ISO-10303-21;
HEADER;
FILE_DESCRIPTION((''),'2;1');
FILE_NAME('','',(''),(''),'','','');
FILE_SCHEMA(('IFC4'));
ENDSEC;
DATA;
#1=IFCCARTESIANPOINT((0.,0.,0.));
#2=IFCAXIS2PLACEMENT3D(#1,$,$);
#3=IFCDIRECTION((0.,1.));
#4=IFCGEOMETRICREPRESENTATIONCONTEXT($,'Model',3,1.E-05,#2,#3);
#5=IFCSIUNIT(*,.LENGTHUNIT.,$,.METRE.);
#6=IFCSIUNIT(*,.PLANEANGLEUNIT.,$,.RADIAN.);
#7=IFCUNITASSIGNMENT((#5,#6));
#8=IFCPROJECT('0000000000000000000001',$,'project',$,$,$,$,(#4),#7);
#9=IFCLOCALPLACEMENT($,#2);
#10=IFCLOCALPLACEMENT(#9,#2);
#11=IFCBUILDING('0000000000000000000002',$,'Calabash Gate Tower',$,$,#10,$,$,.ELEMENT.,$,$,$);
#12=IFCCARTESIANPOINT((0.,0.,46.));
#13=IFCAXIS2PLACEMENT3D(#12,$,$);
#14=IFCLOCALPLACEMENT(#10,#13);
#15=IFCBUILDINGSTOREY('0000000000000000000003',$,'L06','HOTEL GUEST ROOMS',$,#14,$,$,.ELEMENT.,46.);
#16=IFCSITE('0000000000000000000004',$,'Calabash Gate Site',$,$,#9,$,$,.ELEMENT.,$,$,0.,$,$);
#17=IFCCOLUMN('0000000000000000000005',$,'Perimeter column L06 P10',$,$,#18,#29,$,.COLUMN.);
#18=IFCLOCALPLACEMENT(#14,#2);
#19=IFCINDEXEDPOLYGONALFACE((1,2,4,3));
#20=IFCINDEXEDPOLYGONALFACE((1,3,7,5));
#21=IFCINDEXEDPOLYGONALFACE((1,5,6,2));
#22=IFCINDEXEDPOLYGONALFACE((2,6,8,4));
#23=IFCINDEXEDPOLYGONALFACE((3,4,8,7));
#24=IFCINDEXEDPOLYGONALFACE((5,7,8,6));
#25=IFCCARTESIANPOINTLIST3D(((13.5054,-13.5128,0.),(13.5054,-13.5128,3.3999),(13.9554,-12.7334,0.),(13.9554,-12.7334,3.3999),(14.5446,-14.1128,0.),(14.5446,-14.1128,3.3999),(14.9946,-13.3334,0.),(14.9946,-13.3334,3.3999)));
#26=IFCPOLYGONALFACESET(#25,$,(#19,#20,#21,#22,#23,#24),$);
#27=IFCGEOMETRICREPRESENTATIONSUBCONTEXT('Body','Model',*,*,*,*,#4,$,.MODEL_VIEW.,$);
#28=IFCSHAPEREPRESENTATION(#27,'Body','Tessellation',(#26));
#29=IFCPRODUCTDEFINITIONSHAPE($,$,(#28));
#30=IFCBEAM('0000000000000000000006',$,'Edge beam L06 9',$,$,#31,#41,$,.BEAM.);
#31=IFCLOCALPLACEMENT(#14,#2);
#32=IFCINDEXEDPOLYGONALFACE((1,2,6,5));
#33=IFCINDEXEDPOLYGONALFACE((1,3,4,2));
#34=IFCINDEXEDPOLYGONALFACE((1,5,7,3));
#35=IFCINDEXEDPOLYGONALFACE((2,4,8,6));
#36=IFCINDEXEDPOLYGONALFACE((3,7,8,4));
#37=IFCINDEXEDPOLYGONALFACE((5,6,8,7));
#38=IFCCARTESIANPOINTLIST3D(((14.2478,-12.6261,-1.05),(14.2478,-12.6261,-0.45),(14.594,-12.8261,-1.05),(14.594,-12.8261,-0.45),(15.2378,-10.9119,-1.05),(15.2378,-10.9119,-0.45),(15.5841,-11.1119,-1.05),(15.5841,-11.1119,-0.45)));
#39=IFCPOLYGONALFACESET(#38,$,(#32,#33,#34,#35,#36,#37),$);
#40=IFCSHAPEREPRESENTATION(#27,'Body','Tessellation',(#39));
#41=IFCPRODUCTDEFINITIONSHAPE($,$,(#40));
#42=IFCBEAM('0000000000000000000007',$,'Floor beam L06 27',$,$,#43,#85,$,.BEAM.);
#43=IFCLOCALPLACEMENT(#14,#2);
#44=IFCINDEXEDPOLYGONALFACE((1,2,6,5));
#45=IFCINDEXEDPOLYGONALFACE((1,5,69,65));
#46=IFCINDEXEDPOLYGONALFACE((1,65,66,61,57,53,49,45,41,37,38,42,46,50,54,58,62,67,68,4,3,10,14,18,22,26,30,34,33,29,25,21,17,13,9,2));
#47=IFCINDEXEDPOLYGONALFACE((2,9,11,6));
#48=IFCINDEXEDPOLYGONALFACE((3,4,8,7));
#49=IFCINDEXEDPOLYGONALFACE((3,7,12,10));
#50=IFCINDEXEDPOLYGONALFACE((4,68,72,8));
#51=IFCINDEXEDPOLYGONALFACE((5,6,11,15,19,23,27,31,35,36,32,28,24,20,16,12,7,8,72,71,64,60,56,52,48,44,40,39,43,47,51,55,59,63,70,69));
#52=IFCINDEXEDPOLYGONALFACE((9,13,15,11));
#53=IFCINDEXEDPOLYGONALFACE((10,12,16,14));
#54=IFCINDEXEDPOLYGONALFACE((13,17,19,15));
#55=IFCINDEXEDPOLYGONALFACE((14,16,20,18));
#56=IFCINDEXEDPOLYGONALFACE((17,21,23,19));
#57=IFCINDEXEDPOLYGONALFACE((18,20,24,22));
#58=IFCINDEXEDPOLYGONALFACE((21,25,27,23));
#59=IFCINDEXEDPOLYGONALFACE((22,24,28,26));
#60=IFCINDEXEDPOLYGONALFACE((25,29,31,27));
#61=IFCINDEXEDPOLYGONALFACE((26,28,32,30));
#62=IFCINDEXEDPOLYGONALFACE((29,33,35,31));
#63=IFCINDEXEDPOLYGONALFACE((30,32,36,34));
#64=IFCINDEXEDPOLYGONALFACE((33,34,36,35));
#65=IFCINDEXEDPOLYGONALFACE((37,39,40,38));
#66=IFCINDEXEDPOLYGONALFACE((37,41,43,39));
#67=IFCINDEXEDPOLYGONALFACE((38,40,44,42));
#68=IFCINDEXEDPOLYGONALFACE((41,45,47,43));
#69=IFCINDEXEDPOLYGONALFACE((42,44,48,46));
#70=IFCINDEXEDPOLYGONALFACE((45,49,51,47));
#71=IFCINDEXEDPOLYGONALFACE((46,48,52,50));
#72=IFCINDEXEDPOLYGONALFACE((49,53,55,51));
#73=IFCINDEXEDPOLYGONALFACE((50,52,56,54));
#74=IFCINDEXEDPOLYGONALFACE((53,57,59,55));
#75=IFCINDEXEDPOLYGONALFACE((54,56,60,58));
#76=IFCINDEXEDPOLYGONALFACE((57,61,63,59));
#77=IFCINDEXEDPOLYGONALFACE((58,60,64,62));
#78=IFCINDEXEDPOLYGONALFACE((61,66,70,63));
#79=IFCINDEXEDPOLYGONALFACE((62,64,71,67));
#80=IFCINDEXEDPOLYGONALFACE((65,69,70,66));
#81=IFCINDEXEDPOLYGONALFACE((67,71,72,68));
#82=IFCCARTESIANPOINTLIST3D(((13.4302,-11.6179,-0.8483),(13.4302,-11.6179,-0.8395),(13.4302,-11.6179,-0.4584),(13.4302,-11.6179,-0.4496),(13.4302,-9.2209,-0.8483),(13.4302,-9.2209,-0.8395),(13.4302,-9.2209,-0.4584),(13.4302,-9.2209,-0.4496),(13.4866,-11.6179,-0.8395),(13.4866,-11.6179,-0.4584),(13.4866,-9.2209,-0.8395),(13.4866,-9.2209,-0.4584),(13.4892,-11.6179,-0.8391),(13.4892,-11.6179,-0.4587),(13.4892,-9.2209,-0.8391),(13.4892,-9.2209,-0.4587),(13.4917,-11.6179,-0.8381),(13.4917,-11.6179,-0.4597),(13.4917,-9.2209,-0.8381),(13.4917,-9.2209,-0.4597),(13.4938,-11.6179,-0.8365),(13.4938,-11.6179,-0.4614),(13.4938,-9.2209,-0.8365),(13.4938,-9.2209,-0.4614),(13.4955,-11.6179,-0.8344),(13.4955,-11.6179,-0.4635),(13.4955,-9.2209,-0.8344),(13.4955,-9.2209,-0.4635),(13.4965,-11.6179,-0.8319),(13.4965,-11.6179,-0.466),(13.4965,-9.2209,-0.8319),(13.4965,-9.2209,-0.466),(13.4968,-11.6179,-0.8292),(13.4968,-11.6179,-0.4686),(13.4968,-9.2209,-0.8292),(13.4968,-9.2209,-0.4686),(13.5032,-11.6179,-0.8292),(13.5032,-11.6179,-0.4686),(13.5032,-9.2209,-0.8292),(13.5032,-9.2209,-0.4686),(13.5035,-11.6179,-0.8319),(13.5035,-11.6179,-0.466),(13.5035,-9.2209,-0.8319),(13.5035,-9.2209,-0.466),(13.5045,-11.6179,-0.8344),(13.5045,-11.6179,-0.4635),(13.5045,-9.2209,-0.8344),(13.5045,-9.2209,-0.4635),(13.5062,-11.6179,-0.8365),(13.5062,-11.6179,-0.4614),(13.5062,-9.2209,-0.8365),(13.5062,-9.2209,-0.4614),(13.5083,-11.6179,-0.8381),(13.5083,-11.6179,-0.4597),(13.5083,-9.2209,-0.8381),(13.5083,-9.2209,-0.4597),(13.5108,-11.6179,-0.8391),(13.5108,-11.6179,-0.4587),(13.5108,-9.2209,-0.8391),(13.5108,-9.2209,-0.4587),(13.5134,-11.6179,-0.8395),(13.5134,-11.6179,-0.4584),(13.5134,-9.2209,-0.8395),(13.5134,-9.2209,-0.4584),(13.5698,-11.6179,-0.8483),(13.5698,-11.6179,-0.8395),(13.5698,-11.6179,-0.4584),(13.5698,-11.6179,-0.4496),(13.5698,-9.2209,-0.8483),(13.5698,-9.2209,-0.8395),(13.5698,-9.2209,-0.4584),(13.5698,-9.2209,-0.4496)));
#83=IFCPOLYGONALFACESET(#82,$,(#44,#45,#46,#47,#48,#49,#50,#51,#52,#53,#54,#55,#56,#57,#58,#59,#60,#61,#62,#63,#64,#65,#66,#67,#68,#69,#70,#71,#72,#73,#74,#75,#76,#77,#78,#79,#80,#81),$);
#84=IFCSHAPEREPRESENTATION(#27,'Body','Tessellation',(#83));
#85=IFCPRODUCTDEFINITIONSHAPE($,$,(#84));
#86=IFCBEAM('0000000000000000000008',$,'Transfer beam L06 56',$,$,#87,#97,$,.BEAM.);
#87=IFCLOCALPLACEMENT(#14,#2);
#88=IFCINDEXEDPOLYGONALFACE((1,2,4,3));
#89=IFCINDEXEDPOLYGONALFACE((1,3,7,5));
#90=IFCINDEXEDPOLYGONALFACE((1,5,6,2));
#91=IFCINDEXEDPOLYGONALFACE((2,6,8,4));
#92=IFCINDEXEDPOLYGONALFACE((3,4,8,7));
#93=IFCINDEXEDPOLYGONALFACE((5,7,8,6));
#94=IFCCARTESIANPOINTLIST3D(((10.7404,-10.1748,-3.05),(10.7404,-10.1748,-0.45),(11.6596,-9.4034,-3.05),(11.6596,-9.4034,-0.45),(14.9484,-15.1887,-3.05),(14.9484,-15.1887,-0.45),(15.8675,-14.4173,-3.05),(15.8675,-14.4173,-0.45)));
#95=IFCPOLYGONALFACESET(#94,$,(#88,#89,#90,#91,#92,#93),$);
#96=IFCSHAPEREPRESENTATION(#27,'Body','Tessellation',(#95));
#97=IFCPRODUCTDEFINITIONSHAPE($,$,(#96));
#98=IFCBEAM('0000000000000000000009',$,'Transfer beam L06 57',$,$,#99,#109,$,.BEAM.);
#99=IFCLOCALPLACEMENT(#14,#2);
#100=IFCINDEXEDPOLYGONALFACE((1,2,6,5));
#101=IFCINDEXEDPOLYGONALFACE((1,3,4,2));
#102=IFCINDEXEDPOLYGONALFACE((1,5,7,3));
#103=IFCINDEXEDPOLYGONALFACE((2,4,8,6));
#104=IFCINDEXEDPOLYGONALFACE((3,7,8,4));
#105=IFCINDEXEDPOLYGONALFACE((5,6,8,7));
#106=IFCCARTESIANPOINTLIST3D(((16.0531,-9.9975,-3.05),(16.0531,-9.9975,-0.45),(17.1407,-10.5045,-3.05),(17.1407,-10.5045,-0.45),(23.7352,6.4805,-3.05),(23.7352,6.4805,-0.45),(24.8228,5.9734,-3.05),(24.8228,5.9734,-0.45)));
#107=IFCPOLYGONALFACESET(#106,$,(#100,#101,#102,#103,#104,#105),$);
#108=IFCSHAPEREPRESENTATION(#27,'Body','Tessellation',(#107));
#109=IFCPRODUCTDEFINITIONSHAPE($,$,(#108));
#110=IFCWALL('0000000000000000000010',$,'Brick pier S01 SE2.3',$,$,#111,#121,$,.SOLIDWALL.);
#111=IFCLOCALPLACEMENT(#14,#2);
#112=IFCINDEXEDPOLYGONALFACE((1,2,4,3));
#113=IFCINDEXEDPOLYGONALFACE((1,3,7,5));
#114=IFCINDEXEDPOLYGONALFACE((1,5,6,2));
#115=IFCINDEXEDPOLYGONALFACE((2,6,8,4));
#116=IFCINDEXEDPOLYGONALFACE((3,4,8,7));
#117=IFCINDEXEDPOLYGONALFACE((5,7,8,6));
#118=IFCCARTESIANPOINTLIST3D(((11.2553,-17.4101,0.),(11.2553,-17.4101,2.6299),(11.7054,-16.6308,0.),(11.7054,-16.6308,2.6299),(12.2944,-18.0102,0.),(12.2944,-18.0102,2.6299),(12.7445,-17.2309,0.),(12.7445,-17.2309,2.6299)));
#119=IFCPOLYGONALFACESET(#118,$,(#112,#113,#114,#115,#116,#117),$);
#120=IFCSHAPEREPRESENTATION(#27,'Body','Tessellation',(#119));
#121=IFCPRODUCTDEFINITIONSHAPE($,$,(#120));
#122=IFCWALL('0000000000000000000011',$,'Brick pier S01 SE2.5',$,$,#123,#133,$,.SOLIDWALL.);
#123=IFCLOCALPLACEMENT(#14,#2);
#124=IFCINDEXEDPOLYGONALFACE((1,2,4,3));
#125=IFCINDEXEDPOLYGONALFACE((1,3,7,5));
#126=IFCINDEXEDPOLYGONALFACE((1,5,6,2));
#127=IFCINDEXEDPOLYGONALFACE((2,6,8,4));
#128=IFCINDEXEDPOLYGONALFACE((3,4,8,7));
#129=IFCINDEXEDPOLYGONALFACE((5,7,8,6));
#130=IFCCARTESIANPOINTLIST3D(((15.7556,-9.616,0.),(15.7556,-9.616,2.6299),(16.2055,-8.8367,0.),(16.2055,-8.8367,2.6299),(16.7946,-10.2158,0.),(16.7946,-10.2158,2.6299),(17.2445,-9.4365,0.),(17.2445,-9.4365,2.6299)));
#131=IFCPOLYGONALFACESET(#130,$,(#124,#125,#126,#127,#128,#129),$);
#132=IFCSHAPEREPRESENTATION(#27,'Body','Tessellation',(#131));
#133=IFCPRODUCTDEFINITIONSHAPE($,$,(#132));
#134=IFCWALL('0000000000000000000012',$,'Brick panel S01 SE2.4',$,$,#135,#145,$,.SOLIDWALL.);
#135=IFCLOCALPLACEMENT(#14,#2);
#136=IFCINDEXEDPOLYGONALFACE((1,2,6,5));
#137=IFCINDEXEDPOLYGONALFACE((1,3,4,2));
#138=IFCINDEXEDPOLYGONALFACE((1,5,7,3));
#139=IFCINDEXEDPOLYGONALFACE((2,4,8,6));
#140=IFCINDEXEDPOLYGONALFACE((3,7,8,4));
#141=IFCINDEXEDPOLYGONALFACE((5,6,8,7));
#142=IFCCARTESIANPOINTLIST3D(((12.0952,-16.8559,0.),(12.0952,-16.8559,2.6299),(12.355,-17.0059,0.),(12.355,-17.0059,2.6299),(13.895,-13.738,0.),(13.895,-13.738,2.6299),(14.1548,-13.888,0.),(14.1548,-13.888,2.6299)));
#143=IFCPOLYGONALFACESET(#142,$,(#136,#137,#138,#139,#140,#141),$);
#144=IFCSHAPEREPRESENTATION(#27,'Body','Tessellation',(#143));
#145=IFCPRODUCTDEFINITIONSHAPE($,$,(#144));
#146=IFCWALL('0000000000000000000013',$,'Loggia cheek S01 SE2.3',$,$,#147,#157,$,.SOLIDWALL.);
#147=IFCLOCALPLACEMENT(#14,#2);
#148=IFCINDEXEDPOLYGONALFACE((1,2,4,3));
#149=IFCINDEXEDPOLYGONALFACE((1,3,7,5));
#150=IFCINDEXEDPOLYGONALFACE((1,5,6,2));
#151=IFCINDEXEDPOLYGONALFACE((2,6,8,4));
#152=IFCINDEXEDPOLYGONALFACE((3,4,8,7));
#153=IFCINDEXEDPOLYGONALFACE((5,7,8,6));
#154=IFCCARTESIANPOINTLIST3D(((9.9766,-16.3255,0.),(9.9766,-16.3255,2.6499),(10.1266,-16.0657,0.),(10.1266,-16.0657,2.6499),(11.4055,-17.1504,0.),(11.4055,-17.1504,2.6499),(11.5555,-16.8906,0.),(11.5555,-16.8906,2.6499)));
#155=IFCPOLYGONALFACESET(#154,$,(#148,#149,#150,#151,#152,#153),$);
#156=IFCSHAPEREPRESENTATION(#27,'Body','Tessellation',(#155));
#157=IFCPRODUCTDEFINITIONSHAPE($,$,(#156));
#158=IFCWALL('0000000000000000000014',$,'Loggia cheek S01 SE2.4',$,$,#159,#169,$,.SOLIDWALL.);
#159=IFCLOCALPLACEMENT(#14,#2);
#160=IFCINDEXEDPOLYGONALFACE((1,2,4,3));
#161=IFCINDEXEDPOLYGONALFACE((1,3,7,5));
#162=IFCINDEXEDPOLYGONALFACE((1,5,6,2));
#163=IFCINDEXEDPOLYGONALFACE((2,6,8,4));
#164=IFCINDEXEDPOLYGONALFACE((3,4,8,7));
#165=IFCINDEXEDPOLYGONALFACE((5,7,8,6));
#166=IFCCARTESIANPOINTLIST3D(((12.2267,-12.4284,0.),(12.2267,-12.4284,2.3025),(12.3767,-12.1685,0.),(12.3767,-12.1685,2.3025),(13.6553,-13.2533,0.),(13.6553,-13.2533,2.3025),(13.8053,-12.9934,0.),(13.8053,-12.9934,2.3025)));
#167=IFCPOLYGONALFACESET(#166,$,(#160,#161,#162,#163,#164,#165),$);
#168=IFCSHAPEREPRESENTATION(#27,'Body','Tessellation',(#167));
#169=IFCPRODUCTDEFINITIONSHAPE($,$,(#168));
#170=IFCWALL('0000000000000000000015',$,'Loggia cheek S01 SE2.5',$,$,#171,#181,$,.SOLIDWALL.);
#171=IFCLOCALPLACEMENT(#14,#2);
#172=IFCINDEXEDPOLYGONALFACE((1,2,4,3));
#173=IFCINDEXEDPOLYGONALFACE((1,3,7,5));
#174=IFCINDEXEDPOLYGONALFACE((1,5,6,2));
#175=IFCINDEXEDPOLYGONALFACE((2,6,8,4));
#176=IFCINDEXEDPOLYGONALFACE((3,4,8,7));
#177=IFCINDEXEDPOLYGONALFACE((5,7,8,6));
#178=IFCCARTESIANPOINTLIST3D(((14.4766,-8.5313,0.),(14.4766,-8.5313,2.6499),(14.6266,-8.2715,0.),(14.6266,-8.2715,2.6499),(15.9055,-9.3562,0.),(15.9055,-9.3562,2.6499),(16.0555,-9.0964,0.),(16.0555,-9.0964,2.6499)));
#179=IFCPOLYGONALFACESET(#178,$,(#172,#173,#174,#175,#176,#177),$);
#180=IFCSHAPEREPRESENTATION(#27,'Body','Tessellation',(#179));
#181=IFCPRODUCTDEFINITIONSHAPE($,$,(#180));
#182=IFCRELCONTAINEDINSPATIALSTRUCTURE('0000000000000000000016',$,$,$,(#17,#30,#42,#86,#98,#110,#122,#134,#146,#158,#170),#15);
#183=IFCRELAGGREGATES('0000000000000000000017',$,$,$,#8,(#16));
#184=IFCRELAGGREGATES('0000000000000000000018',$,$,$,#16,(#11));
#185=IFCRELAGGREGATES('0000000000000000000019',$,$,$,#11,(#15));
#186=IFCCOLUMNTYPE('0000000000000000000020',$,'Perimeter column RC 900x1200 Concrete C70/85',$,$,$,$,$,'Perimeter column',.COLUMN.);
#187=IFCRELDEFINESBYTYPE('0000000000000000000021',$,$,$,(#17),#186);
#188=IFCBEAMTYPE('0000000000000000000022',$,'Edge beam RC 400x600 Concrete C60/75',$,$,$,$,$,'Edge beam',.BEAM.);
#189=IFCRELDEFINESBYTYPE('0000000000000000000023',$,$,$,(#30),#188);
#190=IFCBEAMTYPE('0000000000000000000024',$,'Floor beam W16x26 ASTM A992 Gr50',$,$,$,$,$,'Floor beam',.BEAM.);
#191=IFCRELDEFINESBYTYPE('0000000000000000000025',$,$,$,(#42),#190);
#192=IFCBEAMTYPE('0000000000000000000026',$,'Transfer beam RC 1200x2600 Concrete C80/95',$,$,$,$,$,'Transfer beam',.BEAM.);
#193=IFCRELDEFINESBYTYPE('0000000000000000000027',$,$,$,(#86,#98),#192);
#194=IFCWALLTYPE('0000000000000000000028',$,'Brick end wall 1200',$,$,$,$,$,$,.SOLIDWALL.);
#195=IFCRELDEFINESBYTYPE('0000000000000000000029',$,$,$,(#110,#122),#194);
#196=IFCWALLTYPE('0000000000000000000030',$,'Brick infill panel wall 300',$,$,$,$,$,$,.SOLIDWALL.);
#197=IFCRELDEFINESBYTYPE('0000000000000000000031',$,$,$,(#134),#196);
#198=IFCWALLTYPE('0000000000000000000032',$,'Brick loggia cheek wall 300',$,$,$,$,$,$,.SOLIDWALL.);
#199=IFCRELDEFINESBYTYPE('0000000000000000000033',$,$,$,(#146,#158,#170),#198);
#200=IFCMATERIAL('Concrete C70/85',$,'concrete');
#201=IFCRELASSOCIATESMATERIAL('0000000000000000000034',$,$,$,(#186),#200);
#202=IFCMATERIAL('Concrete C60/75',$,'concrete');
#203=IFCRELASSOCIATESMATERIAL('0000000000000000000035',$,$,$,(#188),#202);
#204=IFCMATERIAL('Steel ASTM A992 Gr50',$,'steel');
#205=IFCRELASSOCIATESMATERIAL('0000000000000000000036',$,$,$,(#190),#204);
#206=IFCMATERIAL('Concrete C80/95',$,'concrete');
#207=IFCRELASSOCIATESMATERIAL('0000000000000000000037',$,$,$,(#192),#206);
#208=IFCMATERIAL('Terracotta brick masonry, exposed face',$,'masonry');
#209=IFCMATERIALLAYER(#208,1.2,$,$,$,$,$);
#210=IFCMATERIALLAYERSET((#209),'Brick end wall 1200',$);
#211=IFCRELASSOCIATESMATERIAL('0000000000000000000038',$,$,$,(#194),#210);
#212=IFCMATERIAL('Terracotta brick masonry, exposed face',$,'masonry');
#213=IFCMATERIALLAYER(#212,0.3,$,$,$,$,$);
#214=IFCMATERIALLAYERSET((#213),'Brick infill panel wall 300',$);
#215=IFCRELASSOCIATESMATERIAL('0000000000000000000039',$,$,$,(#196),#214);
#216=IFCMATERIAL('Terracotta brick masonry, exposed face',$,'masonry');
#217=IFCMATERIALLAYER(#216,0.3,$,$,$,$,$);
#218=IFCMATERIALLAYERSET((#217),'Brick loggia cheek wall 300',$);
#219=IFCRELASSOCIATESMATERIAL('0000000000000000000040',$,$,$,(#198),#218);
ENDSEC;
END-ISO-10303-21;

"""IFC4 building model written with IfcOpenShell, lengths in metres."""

from ifc_helpers import new_model, si_unit, direction, frame, frame_2d, origin, origin_2d, place, context, subcontext, project, spatial, rectangle, i_section, extrude, material, layer, layer_set, material_profile, profile_set, type_object, element, save


model = new_model("IFC4")

# Units and contexts
model_context = context("Model", 3, precision=1e-05, world=origin(), true_north=direction((0.0, 1.0)))
body_context = subcontext(model_context, "Body", "Model", "MODEL_VIEW")
ifc_project = project(units=[si_unit("LENGTHUNIT", "METRE"), si_unit("PLANEANGLEUNIT", "RADIAN")], contexts=[model_context])

# Site, building, storey
site_placement = place(None, origin())
site = spatial("IfcSite", under=ifc_project, at=site_placement, Name="Calabash Gate Site", CompositionType="ELEMENT", RefElevation=0.0)
building_placement = place(site_placement, origin())
building = spatial("IfcBuilding", under=site, at=building_placement, Name="Calabash Gate Tower", CompositionType="ELEMENT")
storey_placement = place(building_placement, frame((0.0, 0.0, 46.0)))
storey = spatial("IfcBuildingStorey", under=building, at=storey_placement, Name="L06", Description="HOTEL GUEST ROOMS", CompositionType="ELEMENT", Elevation=46.0)

# Column
ifc_material_1 = material(Name="Concrete C70/85", Category="concrete")
ifc_material_profile_1 = material_profile(ifc_material_1, rectangle(XDim=0.8999, YDim=1.2, at=origin_2d()))
ifc_profile_set_1 = profile_set([ifc_material_profile_1], Name="Concrete C70/85")
column_type = type_object("IfcColumnType", Name="Perimeter column RC 900x1200 Concrete C70/85", ElementType="Perimeter column", PredefinedType="COLUMN", material=ifc_profile_set_1)
column_placement = place(storey_placement, frame((14.25, -13.4231, 0.0), z_axis=(0.0, 0.0, 1.0), x_axis=(0.5, 0.866025, 0.0)))
element("IfcColumn", 1, at=column_placement, inside=storey, type_object=column_type, Name="Perimeter column L06 P10", PredefinedType="COLUMN", context=body_context, shape_type="SweptSolid", body=[
    extrude(rectangle(XDim=0.8999, YDim=1.2, at=origin_2d()), origin(), (0.0, 0.0, 1.0), 3.3999),
])

# Beams
ifc_material_2 = material(Name="Concrete C60/75", Category="concrete")
ifc_material_profile_2 = material_profile(ifc_material_2, rectangle(XDim=0.3999, YDim=0.6001, at=origin_2d()))
ifc_profile_set_2 = profile_set([ifc_material_profile_2], Name="Concrete C60/75")
beam_type_1 = type_object("IfcBeamType", Name="Edge beam RC 400x600 Concrete C60/75", ElementType="Edge beam", PredefinedType="BEAM", material=ifc_profile_set_2)
beam_1_placement = place(storey_placement, frame((14.4209, -12.7261, -0.75), z_axis=(0.500132, 0.865949, 0.0), x_axis=(-0.865949, 0.500132, 0.0)))
element("IfcBeam", 2, at=beam_1_placement, inside=storey, type_object=beam_type_1, Name="Edge beam L06 9", PredefinedType="BEAM", context=body_context, shape_type="SweptSolid", body=[
    extrude(rectangle(XDim=0.3999, YDim=0.6001, at=origin_2d()), origin(), (0.0, 0.0, 1.0), 1.9795),
])
ifc_material_3 = material(Name="Steel ASTM A992 Gr50", Category="steel")
ifc_material_profile_3 = material_profile(ifc_material_3, i_section(OverallWidth=0.1396, OverallDepth=0.3987, WebThickness=0.0063, FlangeThickness=0.0088, FilletRadius=0.0103, at=origin_2d()))
ifc_profile_set_3 = profile_set([ifc_material_profile_3], Name="Steel ASTM A992 Gr50")
beam_type_2 = type_object("IfcBeamType", Name="Floor beam W16x26 ASTM A992 Gr50", ElementType="Floor beam", PredefinedType="BEAM", material=ifc_profile_set_3)
beam_2_placement = place(storey_placement, frame((13.5, -11.6179, -0.6489), z_axis=(0.0, 1.0, 0.0), x_axis=(-1.0, 0.0, 0.0)))
element("IfcBeam", 3, at=beam_2_placement, inside=storey, type_object=beam_type_2, Name="Floor beam L06 27", PredefinedType="BEAM", context=body_context, shape_type="SweptSolid", body=[
    extrude(i_section(OverallWidth=0.1396, OverallDepth=0.3987, WebThickness=0.0063, FlangeThickness=0.0088, FilletRadius=0.0103, at=origin_2d()), origin(), (0.0, 0.0, 1.0), 2.397),
])
ifc_material_4 = material(Name="Concrete C80/95", Category="concrete")
ifc_material_profile_4 = material_profile(ifc_material_4, rectangle(XDim=1.2, YDim=2.6001, at=origin_2d()))
ifc_profile_set_4 = profile_set([ifc_material_profile_4], Name="Concrete C80/95")
beam_type_3 = type_object("IfcBeamType", Name="Transfer beam RC 1200x2600 Concrete C80/95", ElementType="Transfer beam", PredefinedType="BEAM", material=ifc_profile_set_4)
beam_3_placement = place(storey_placement, frame((15.408, -14.803, -1.75), z_axis=(-0.642862, 0.765982, 0.0), x_axis=(-0.765982, -0.642862, 0.0)))
element("IfcBeam", 4, at=beam_3_placement, inside=storey, type_object=beam_type_3, Name="Transfer beam L06 56", PredefinedType="BEAM", context=body_context, shape_type="SweptSolid", body=[
    extrude(rectangle(XDim=1.2, YDim=2.6001, at=origin_2d()), origin(), (0.0, 0.0, 1.0), 6.5457),
])
beam_4_placement = place(storey_placement, frame((16.5969, -10.251, -1.75), z_axis=(0.422541, 0.906344, 0.0), x_axis=(-0.906344, 0.422541, 0.0)))
element("IfcBeam", 5, at=beam_4_placement, inside=storey, type_object=beam_type_3, Name="Transfer beam L06 57", PredefinedType="BEAM", context=body_context, shape_type="SweptSolid", body=[
    extrude(rectangle(XDim=1.2, YDim=2.6001, at=origin_2d()), origin(), (0.0, 0.0, 1.0), 18.1807),
])

# Walls
ifc_material_5 = material(Name="Terracotta brick masonry, exposed face", Category="masonry")
ifc_layer_1 = layer(ifc_material_5, 1.2)
ifc_layer_set_1 = layer_set([ifc_layer_1], Name="Brick end wall 1200")
wall_type_1 = type_object("IfcWallType", Name="Brick end wall 1200", PredefinedType="SOLIDWALL", material=ifc_layer_set_1)
wall_1_placement = place(storey_placement, frame((12.5195, -17.6206, 0.0), z_axis=(0.0, 0.0, 1.0), x_axis=(-0.865955, 0.500122, 0.0)))
element("IfcWall", 6, at=wall_1_placement, inside=storey, type_object=wall_type_1, Name="Brick pier S01 SE2.3", PredefinedType="SOLIDWALL", context=body_context, shape_type="SweptSolid", body=[
    extrude(rectangle(XDim=1.2, YDim=0.8999, at=frame_2d((0.6001, 0.0))), origin(), (0.0, 0.0, 1.0), 2.6299),
])
wall_2_placement = place(storey_placement, frame((17.0195, -9.8262, 0.0), z_axis=(0.0, 0.0, 1.0), x_axis=(-0.866043, 0.499969, 0.0)))
element("IfcWall", 7, at=wall_2_placement, inside=storey, type_object=wall_type_1, Name="Brick pier S01 SE2.5", PredefinedType="SOLIDWALL", context=body_context, shape_type="SweptSolid", body=[
    extrude(rectangle(XDim=1.1997, YDim=0.8999, at=frame_2d((0.5999, 0.0))), origin(), (0.0, 0.0, 1.0), 2.6299),
])
ifc_material_6 = material(Name="Terracotta brick masonry, exposed face", Category="masonry")
ifc_layer_2 = layer(ifc_material_6, 0.3)
ifc_layer_set_2 = layer_set([ifc_layer_2], Name="Brick infill panel wall 300")
wall_type_2 = type_object("IfcWallType", Name="Brick infill panel wall 300", PredefinedType="SOLIDWALL", material=ifc_layer_set_2)
wall_3_placement = place(storey_placement, frame((12.2251, -16.9309, 0.0), z_axis=(0.0, 0.0, 1.0), x_axis=(0.499932, 0.866065, 0.0)))
element("IfcWall", 8, at=wall_3_placement, inside=storey, type_object=wall_type_2, Name="Brick panel S01 SE2.4", PredefinedType="SOLIDWALL", context=body_context, shape_type="SweptSolid", body=[
    extrude(rectangle(XDim=3.6001, YDim=0.3, at=frame_2d((1.8, 0.0))), origin(), (0.0, 0.0, 1.0), 2.6299),
])
ifc_material_7 = material(Name="Terracotta brick masonry, exposed face", Category="masonry")
ifc_layer_3 = layer(ifc_material_7, 0.3)
ifc_layer_set_3 = layer_set([ifc_layer_3], Name="Brick loggia cheek wall 300")
wall_type_3 = type_object("IfcWallType", Name="Brick loggia cheek wall 300", PredefinedType="SOLIDWALL", material=ifc_layer_set_3)
wall_4_placement = place(storey_placement, frame((11.4805, -17.0205, 0.0), z_axis=(0.0, 0.0, 1.0), x_axis=(-0.86604, 0.499974, 0.0)))
element("IfcWall", 9, at=wall_4_placement, inside=storey, type_object=wall_type_3, Name="Loggia cheek S01 SE2.3", PredefinedType="SOLIDWALL", context=body_context, shape_type="SweptSolid", body=[
    extrude(rectangle(XDim=1.6499, YDim=0.3, at=frame_2d((0.825, 0.0))), origin(), (0.0, 0.0, 1.0), 2.6499),
])
wall_5_placement = place(storey_placement, frame((13.7302, -13.1233, 0.0), z_axis=(0.0, 0.0, 1.0), x_axis=(-0.866003, 0.500038, 0.0)))
element("IfcWall", 10, at=wall_5_placement, inside=storey, type_object=wall_type_3, Name="Loggia cheek S01 SE2.4", PredefinedType="SOLIDWALL", context=body_context, shape_type="SweptSolid", body=[
    extrude(rectangle(XDim=1.6497, YDim=0.3, at=frame_2d((0.8247, 0.0))), origin(), (0.0, 0.0, 1.0), 2.3025),
])
wall_6_placement = place(storey_placement, frame((15.9805, -9.2263, 0.0), z_axis=(0.0, 0.0, 1.0), x_axis=(-0.86604, 0.499974, 0.0)))
element("IfcWall", 11, at=wall_6_placement, inside=storey, type_object=wall_type_3, Name="Loggia cheek S01 SE2.5", PredefinedType="SOLIDWALL", context=body_context, shape_type="SweptSolid", body=[
    extrude(rectangle(XDim=1.6499, YDim=0.3, at=frame_2d((0.825, 0.0))), origin(), (0.0, 0.0, 1.0), 2.6499),
])

save(model, "model.ifc")
